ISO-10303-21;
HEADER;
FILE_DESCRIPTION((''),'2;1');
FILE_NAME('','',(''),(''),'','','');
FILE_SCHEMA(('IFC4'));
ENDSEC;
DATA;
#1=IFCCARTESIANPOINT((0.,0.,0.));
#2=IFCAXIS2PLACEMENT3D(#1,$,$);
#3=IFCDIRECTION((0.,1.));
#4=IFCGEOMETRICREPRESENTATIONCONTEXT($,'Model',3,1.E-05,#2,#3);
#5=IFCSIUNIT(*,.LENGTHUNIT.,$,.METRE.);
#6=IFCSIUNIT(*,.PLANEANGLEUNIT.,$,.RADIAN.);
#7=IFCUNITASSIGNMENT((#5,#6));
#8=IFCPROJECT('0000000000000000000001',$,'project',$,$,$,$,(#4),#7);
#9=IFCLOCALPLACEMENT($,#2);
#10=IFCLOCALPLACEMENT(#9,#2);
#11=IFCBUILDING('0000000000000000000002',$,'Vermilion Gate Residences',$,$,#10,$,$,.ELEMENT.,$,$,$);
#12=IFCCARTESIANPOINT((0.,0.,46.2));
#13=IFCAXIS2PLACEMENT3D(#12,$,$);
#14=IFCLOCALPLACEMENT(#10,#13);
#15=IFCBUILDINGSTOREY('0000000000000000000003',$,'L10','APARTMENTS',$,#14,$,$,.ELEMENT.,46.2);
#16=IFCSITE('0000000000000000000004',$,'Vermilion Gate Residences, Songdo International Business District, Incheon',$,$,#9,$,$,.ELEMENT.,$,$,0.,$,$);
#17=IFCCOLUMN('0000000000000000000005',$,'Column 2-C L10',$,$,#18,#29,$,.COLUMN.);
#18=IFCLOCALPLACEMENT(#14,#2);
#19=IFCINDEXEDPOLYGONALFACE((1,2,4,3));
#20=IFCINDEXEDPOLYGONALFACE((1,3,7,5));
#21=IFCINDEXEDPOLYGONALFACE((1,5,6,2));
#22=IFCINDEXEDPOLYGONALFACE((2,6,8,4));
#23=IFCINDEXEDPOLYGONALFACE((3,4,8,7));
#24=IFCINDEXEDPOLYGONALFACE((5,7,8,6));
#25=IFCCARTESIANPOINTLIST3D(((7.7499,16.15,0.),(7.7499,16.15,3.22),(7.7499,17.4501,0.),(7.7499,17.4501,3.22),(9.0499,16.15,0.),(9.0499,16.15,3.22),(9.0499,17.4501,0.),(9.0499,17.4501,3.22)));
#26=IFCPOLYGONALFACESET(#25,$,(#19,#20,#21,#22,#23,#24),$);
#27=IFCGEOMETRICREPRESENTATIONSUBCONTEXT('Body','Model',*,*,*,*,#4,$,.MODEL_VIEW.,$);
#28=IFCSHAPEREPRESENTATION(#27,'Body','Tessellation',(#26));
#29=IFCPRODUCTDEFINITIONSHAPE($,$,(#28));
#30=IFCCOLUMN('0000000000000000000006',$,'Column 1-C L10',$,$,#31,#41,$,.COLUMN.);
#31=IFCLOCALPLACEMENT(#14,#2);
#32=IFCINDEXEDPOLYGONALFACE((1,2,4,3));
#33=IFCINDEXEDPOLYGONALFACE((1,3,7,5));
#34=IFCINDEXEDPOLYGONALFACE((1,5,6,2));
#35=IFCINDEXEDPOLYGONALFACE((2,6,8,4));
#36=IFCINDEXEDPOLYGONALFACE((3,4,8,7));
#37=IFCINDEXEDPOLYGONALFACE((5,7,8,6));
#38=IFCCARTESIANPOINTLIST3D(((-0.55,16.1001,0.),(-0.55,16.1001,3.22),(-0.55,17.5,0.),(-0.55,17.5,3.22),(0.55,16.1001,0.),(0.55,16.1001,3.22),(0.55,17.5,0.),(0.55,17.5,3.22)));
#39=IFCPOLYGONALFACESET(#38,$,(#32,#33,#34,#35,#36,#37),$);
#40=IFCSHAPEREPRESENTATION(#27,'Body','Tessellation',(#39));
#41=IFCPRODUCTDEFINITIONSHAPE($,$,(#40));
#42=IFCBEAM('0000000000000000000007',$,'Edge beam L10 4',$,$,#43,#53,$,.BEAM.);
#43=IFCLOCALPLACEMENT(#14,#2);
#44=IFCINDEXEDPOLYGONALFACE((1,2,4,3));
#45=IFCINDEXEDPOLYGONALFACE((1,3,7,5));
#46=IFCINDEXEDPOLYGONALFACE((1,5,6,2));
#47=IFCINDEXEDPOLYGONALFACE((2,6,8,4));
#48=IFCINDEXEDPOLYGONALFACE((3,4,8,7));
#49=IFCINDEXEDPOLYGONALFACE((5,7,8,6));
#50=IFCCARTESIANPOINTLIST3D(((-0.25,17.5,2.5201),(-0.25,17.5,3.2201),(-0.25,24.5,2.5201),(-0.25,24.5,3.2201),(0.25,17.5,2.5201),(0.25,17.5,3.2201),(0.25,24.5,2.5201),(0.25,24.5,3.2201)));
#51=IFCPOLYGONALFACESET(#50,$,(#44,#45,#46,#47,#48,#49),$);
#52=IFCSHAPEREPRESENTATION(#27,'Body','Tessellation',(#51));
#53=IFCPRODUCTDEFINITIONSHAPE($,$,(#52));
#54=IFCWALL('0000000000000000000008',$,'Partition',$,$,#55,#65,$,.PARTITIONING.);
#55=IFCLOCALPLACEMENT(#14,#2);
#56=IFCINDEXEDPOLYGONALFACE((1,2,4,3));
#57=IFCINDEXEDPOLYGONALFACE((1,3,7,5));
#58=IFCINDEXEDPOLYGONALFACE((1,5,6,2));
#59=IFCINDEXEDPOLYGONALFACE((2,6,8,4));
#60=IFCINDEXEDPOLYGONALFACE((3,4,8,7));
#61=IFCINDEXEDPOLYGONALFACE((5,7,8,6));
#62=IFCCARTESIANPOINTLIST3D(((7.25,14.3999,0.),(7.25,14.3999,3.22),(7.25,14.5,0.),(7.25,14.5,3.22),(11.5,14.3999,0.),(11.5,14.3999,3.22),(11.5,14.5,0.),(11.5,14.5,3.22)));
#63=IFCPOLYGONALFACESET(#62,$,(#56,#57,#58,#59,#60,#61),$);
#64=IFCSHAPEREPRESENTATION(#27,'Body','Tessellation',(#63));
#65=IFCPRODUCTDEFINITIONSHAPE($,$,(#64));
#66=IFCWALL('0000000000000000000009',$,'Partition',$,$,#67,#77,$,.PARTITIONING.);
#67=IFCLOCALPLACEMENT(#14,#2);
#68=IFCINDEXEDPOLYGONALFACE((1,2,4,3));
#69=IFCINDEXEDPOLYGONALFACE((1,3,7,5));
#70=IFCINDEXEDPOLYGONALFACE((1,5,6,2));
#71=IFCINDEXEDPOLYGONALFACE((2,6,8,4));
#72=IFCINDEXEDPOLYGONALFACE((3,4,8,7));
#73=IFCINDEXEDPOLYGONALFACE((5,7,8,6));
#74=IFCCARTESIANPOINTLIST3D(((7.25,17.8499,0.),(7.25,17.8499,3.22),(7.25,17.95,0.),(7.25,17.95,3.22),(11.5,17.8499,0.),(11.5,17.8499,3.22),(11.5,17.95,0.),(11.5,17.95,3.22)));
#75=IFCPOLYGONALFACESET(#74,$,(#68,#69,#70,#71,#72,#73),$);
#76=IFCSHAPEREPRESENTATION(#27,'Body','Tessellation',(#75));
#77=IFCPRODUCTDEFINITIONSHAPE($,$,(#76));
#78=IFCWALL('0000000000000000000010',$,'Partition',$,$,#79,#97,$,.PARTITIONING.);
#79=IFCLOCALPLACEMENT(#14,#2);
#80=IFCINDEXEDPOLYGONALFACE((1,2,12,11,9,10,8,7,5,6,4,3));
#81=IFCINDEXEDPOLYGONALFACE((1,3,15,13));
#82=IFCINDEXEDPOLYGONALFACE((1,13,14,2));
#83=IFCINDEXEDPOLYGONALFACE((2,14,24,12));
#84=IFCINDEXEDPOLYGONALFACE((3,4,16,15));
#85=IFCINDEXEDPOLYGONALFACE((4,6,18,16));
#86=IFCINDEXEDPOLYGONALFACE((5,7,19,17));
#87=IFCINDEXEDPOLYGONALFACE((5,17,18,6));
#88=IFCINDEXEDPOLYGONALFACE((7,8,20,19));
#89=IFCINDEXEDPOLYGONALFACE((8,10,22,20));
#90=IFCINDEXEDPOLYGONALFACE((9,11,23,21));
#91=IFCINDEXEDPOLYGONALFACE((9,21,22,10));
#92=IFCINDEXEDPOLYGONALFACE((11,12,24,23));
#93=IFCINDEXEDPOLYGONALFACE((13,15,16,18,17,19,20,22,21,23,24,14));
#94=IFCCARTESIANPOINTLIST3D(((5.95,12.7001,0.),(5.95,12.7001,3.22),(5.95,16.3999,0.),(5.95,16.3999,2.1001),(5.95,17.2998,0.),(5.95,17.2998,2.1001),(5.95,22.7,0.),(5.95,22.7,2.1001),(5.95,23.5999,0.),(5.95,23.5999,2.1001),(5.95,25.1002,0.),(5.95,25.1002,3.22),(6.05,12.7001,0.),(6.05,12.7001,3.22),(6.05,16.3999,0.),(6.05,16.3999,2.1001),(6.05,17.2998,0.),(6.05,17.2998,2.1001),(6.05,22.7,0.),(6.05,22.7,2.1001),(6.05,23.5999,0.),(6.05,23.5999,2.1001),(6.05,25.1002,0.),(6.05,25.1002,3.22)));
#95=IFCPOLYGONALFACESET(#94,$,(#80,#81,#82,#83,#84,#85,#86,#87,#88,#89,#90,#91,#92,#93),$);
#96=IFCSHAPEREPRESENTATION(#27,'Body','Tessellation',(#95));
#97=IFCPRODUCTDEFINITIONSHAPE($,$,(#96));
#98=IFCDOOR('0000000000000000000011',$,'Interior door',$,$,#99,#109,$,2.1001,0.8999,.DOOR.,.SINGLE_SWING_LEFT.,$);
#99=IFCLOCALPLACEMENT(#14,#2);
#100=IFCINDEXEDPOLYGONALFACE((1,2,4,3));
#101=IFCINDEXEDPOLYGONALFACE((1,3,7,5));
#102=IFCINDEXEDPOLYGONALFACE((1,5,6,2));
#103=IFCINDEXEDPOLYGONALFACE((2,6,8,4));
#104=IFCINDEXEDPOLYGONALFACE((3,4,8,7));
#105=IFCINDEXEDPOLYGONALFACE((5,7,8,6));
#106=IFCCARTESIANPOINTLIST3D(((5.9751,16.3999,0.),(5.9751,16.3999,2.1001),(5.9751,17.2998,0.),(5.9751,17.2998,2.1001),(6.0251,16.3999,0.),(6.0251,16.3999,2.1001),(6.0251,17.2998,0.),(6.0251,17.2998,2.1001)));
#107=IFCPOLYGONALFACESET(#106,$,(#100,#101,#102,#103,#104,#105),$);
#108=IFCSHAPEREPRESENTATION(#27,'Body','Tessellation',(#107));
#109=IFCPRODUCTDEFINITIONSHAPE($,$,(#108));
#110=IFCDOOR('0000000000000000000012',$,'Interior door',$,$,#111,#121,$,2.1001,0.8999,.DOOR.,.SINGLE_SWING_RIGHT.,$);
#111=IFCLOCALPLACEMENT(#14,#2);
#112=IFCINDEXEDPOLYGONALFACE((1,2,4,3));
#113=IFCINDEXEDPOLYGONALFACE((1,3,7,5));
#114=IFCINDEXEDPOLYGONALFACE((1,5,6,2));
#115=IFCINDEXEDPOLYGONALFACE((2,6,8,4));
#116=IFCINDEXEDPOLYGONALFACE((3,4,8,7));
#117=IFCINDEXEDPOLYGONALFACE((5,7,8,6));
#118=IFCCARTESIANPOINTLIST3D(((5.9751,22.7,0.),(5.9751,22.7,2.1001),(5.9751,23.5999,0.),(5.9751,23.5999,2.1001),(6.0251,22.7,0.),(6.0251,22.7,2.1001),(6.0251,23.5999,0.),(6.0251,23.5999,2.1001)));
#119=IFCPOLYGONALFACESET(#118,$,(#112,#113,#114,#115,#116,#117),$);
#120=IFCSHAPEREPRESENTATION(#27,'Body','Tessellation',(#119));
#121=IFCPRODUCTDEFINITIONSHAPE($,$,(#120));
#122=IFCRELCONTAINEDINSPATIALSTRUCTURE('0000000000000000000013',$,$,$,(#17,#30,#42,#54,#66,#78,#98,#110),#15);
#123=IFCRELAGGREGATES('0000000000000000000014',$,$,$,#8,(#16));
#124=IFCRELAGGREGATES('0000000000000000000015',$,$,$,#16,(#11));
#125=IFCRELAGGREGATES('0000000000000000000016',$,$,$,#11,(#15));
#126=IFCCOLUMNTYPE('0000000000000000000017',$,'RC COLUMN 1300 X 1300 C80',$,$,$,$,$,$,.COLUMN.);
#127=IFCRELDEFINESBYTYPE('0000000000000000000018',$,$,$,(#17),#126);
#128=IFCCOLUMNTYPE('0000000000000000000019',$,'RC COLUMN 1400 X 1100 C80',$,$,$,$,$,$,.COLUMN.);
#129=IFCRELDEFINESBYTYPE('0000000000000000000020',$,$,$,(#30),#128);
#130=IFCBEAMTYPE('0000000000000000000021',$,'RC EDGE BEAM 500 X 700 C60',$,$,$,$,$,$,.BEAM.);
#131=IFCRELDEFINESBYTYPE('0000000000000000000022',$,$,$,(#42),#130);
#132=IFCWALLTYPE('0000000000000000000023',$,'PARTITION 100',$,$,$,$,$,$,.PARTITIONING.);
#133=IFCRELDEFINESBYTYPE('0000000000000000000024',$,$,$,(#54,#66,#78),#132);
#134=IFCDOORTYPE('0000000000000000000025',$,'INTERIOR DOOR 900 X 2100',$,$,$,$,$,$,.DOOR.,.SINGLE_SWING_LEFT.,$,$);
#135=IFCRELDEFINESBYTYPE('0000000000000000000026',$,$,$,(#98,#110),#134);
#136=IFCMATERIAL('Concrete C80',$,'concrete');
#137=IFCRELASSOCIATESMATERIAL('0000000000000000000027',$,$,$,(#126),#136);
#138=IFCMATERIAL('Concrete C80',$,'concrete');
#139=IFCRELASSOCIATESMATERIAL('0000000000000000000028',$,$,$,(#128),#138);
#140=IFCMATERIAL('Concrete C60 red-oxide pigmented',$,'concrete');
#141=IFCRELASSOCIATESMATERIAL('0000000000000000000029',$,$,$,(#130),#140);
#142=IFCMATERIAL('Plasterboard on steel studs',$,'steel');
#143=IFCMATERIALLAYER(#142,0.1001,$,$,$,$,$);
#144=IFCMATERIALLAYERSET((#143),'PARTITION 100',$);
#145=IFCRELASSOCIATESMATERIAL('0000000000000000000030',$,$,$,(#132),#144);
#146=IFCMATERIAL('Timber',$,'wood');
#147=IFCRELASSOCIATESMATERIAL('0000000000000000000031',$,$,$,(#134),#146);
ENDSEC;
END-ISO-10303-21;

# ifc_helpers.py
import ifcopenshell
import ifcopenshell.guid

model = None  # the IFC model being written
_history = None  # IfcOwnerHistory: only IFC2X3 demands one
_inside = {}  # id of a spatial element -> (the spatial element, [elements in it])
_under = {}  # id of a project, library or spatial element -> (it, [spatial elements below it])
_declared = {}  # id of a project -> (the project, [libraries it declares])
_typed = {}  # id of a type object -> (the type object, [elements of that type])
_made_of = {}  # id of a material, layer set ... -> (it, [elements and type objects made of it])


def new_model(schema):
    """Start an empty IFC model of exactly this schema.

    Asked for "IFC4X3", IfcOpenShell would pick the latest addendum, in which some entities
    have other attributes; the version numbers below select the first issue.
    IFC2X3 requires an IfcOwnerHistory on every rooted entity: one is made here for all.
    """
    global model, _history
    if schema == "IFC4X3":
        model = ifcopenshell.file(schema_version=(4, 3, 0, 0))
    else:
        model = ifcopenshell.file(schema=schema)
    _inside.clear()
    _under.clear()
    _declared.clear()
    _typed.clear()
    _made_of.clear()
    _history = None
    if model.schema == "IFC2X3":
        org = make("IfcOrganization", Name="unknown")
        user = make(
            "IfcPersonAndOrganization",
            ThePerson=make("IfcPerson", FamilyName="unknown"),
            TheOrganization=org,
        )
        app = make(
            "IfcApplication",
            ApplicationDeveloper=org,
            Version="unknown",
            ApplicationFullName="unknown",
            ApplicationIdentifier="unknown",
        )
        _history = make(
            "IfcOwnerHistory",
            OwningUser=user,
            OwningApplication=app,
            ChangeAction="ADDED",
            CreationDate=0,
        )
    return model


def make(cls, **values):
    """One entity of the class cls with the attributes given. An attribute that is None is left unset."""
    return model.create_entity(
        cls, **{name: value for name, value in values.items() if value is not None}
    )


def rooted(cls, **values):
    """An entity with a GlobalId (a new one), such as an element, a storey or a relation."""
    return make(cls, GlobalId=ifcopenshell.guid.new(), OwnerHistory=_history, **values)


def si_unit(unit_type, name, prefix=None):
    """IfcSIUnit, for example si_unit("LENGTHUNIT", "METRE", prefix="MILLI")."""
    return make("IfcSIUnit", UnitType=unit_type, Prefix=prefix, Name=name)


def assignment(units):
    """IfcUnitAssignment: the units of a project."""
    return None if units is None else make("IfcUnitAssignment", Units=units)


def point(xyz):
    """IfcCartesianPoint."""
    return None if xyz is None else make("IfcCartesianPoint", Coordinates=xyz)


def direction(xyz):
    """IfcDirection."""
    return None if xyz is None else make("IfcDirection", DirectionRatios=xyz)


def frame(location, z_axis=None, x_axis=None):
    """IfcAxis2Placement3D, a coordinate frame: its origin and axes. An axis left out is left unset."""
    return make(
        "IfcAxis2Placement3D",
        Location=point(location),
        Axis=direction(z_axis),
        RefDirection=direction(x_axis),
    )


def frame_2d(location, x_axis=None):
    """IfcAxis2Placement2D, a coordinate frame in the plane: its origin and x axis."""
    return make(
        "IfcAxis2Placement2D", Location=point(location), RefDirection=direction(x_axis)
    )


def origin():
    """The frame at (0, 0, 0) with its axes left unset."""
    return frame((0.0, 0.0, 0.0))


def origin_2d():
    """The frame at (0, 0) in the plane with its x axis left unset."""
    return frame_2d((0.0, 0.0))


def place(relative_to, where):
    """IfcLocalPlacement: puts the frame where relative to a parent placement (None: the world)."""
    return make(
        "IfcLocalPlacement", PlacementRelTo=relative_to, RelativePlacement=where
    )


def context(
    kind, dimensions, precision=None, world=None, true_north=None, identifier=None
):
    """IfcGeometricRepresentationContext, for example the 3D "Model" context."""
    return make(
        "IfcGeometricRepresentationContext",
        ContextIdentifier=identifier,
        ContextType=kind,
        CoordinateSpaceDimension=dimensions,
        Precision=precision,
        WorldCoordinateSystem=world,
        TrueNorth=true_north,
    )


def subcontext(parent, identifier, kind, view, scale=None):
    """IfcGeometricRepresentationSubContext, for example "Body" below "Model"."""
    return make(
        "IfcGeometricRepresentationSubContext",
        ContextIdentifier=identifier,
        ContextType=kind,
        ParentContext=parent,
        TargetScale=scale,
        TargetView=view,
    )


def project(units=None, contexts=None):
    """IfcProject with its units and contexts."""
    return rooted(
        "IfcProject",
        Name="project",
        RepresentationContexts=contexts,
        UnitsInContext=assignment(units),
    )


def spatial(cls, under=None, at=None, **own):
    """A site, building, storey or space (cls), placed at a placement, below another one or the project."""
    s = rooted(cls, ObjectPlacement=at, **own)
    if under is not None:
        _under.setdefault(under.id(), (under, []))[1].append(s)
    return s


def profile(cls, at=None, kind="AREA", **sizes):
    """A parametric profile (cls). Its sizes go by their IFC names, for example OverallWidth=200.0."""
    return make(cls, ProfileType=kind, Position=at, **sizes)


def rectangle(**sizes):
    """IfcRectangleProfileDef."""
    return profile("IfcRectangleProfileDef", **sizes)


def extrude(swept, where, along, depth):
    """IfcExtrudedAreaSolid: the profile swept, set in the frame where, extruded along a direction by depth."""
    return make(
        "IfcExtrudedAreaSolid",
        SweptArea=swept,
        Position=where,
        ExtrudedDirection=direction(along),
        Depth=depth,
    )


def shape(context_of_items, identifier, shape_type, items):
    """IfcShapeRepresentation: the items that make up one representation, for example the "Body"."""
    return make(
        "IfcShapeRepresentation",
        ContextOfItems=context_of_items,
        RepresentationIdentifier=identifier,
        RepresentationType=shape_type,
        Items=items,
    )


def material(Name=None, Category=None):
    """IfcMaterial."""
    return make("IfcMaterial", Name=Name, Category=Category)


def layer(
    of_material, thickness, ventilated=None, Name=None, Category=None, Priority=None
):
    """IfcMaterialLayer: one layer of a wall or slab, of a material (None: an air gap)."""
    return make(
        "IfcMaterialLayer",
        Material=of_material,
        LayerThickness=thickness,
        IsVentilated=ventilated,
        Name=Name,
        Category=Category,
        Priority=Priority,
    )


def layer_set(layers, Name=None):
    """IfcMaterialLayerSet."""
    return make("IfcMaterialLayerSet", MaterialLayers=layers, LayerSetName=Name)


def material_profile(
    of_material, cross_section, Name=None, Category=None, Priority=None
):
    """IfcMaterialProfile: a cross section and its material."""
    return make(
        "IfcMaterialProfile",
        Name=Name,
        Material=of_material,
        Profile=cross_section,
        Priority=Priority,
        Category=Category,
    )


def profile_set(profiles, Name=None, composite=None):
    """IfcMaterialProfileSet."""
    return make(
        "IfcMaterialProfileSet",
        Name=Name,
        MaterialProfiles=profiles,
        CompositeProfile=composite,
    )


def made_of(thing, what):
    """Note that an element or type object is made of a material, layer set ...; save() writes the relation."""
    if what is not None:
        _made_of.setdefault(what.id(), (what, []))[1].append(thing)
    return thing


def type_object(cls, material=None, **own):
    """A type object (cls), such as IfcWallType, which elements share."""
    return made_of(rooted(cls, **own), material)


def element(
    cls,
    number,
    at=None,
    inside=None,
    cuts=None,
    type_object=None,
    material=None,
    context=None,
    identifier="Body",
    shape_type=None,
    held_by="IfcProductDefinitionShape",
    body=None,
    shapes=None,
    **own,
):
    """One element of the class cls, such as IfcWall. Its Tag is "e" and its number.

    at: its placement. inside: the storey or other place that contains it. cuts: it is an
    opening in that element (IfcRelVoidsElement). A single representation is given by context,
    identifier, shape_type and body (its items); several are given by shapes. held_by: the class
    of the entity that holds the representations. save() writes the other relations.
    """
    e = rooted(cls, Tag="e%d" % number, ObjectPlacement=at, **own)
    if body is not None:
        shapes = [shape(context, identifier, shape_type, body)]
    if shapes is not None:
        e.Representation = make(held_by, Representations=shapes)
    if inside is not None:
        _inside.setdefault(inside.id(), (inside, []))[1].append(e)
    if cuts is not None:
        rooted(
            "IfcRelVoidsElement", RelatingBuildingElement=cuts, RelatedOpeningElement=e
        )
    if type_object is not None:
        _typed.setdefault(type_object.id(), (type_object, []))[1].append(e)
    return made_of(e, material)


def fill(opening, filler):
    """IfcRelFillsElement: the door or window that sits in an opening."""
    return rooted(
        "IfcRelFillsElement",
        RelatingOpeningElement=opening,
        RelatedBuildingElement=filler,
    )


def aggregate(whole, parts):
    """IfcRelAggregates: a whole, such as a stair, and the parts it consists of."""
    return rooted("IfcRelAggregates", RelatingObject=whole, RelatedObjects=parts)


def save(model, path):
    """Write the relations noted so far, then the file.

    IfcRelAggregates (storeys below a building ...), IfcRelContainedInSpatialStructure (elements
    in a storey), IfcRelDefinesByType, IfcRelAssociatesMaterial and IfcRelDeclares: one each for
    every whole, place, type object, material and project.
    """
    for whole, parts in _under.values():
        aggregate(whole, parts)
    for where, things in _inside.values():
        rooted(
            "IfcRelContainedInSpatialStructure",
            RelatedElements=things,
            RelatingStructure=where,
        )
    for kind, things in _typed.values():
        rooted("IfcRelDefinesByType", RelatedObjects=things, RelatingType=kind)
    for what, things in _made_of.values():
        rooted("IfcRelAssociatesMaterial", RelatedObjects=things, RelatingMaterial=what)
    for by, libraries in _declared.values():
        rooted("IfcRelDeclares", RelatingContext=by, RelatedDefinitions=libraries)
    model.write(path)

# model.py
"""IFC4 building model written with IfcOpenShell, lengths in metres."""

from ifc_helpers import new_model, si_unit, direction, frame, frame_2d, origin, origin_2d, place, context, subcontext, project, spatial, rectangle, extrude, material, layer, layer_set, material_profile, profile_set, type_object, element, fill, save


model = new_model("IFC4")

# Units and contexts
model_context = context("Model", 3, precision=1e-05, world=origin(), true_north=direction((0.0, 1.0)))
body_context = subcontext(model_context, "Body", "Model", "MODEL_VIEW")
ifc_project = project(units=[si_unit("LENGTHUNIT", "METRE"), si_unit("PLANEANGLEUNIT", "RADIAN")], contexts=[model_context])

# Site, building, storey
site_placement = place(None, origin())
site = spatial("IfcSite", under=ifc_project, at=site_placement, Name="Vermilion Gate Residences, Songdo International Business District, Incheon", CompositionType="ELEMENT", RefElevation=0.0)
building_placement = place(site_placement, origin())
building = spatial("IfcBuilding", under=site, at=building_placement, Name="Vermilion Gate Residences", CompositionType="ELEMENT")
storey_placement = place(building_placement, frame((0.0, 0.0, 46.2)))
storey = spatial("IfcBuildingStorey", under=building, at=storey_placement, Name="L10", Description="APARTMENTS", CompositionType="ELEMENT", Elevation=46.2)

# Columns
ifc_material_1 = material(Name="Concrete C80", Category="concrete")
ifc_material_profile_1 = material_profile(ifc_material_1, rectangle(XDim=1.3, YDim=1.3, at=origin_2d()), Name="RC-1300x1300")
ifc_profile_set_1 = profile_set([ifc_material_profile_1], Name="Concrete C80")
column_type_1 = type_object("IfcColumnType", Name="RC COLUMN 1300 X 1300 C80", PredefinedType="COLUMN", material=ifc_profile_set_1)
column_1_placement = place(storey_placement, frame((8.3999, 16.8, 0.0), z_axis=(0.0, 0.0, 1.0), x_axis=(1.0, 0.0, 0.0)))
element("IfcColumn", 1, at=column_1_placement, inside=storey, type_object=column_type_1, Name="Column 2-C L10", PredefinedType="COLUMN", context=body_context, shape_type="SweptSolid", body=[
    extrude(rectangle(XDim=1.3, YDim=1.3, at=origin_2d()), origin(), (0.0, 0.0, 1.0), 3.22),
])
ifc_material_2 = material(Name="Concrete C80", Category="concrete")
ifc_material_profile_2 = material_profile(ifc_material_2, rectangle(XDim=1.3999, YDim=1.1001, at=origin_2d()), Name="RC-1400x1100")
ifc_profile_set_2 = profile_set([ifc_material_profile_2], Name="Concrete C80")
column_type_2 = type_object("IfcColumnType", Name="RC COLUMN 1400 X 1100 C80", PredefinedType="COLUMN", material=ifc_profile_set_2)
column_2_placement = place(storey_placement, frame((0.0, 16.8, 0.0), z_axis=(0.0, 0.0, 1.0), x_axis=(0.0, 1.0, 0.0)))
element("IfcColumn", 2, at=column_2_placement, inside=storey, type_object=column_type_2, Name="Column 1-C L10", PredefinedType="COLUMN", context=body_context, shape_type="SweptSolid", body=[
    extrude(rectangle(XDim=1.3999, YDim=1.1001, at=origin_2d()), origin(), (0.0, 0.0, 1.0), 3.22),
])

# Beam
ifc_material_3 = material(Name="Concrete C60 red-oxide pigmented", Category="concrete")
ifc_material_profile_3 = material_profile(ifc_material_3, rectangle(XDim=0.5, YDim=0.7, at=origin_2d()), Name="RC-500x700")
ifc_profile_set_3 = profile_set([ifc_material_profile_3], Name="Concrete C60 red-oxide pigmented")
beam_type = type_object("IfcBeamType", Name="RC EDGE BEAM 500 X 700 C60", PredefinedType="BEAM", material=ifc_profile_set_3)
beam_placement = place(storey_placement, frame((0.0, 17.5, 2.8701), z_axis=(0.0, 1.0, 0.0), x_axis=(-1.0, 0.0, 0.0)))
element("IfcBeam", 3, at=beam_placement, inside=storey, type_object=beam_type, Name="Edge beam L10 4", PredefinedType="BEAM", context=body_context, shape_type="SweptSolid", body=[
    extrude(rectangle(XDim=0.5, YDim=0.7, at=origin_2d()), origin(), (0.0, 0.0, 1.0), 7.0),
])

# Walls
ifc_material_4 = material(Name="Plasterboard on steel studs", Category="steel")
ifc_layer_1 = layer(ifc_material_4, 0.1001)
ifc_layer_set_1 = layer_set([ifc_layer_1], Name="PARTITION 100")
wall_type_1 = type_object("IfcWallType", Name="PARTITION 100", PredefinedType="PARTITIONING", material=ifc_layer_set_1)
for number, where, z_axis, x_axis, name in (
    (4, (7.25, 14.45, 0.0), (0.0, 0.0, 1.0), (1.0, 0.0, 0.0), "Partition"),
    (5, (7.25, 17.8999, 0.0), (0.0, 0.0, 1.0), (1.0, 0.0, 0.0), "Partition"),
):
    element("IfcWall", number, at=place(storey_placement, frame(where, z_axis=z_axis, x_axis=x_axis)), inside=storey, type_object=wall_type_1, Name=name, PredefinedType="PARTITIONING", context=body_context, shape_type="SweptSolid", body=[
        extrude(rectangle(XDim=4.25, YDim=0.1001, at=frame_2d((2.125, 0.0))), origin(), (0.0, 0.0, 1.0), 3.22),
    ])

# Wall, openings, doors
wall_1_placement = place(storey_placement, frame((6.0, 12.7, 0.0), z_axis=(0.0, 0.0, 1.0), x_axis=(0.0, 1.0, 0.0)))
wall_1 = element("IfcWall", 6, at=wall_1_placement, inside=storey, type_object=wall_type_1, Name="Partition", PredefinedType="PARTITIONING", context=body_context, shape_type="SweptSolid", body=[
    extrude(rectangle(XDim=12.4001, YDim=0.1001, at=frame_2d((6.2002, 0.0))), origin(), (0.0, 0.0, 1.0), 3.22),
])
opening_1_placement = place(wall_1_placement, frame((3.7, 0.0, 0.0)))
opening_1 = element("IfcOpeningElement", 7, at=opening_1_placement, cuts=wall_1, PredefinedType="OPENING", context=body_context, shape_type="SweptSolid", body=[
    extrude(rectangle(XDim=0.8999, YDim=2.1001, at=frame_2d((0.45, 1.05))), frame((0.0, 0.0601, 0.0), z_axis=(0.0, -1.0, 0.0), x_axis=(1.0, 0.0, 0.0)), (0.0, 0.0, 1.0), 0.1201),
])
opening_2_placement = place(wall_1_placement, frame((10.0, 0.0, 0.0)))
opening_2 = element("IfcOpeningElement", 8, at=opening_2_placement, cuts=wall_1, PredefinedType="OPENING", context=body_context, shape_type="SweptSolid", body=[
    extrude(rectangle(XDim=0.8999, YDim=2.1001, at=frame_2d((0.45, 1.05))), frame((0.0, 0.0601, 0.0), z_axis=(0.0, -1.0, 0.0), x_axis=(1.0, 0.0, 0.0)), (0.0, 0.0, 1.0), 0.1201),
])
ifc_material_5 = material(Name="Timber", Category="wood")
door_type = type_object("IfcDoorType", Name="INTERIOR DOOR 900 X 2100", OperationType="SINGLE_SWING_LEFT", PredefinedType="DOOR", material=ifc_material_5)
door_1_placement = place(opening_1_placement, origin())
door_1 = element("IfcDoor", 9, at=door_1_placement, inside=storey, type_object=door_type, Name="Interior door", OperationType="SINGLE_SWING_LEFT", OverallHeight=2.1001, OverallWidth=0.8999, PredefinedType="DOOR", context=body_context, shape_type="SweptSolid", body=[
    extrude(rectangle(XDim=0.8999, YDim=2.1001, at=frame_2d((0.45, 1.05))), frame((0.0, 0.0249, 0.0), z_axis=(0.0, -1.0, 0.0), x_axis=(1.0, 0.0, 0.0)), (0.0, 0.0, 1.0), 0.05),
])
fill(opening_1, door_1)
door_2_placement = place(opening_2_placement, origin())
door_2 = element("IfcDoor", 10, at=door_2_placement, inside=storey, type_object=door_type, Name="Interior door", OperationType="SINGLE_SWING_RIGHT", OverallHeight=2.1001, OverallWidth=0.8999, PredefinedType="DOOR", context=body_context, shape_type="SweptSolid", body=[
    extrude(rectangle(XDim=0.8999, YDim=2.1001, at=frame_2d((0.45, 1.05))), frame((0.0, 0.0249, 0.0), z_axis=(0.0, -1.0, 0.0), x_axis=(1.0, 0.0, 0.0)), (0.0, 0.0, 1.0), 0.05),
])
fill(opening_2, door_2)

save(model, "model.ifc")
